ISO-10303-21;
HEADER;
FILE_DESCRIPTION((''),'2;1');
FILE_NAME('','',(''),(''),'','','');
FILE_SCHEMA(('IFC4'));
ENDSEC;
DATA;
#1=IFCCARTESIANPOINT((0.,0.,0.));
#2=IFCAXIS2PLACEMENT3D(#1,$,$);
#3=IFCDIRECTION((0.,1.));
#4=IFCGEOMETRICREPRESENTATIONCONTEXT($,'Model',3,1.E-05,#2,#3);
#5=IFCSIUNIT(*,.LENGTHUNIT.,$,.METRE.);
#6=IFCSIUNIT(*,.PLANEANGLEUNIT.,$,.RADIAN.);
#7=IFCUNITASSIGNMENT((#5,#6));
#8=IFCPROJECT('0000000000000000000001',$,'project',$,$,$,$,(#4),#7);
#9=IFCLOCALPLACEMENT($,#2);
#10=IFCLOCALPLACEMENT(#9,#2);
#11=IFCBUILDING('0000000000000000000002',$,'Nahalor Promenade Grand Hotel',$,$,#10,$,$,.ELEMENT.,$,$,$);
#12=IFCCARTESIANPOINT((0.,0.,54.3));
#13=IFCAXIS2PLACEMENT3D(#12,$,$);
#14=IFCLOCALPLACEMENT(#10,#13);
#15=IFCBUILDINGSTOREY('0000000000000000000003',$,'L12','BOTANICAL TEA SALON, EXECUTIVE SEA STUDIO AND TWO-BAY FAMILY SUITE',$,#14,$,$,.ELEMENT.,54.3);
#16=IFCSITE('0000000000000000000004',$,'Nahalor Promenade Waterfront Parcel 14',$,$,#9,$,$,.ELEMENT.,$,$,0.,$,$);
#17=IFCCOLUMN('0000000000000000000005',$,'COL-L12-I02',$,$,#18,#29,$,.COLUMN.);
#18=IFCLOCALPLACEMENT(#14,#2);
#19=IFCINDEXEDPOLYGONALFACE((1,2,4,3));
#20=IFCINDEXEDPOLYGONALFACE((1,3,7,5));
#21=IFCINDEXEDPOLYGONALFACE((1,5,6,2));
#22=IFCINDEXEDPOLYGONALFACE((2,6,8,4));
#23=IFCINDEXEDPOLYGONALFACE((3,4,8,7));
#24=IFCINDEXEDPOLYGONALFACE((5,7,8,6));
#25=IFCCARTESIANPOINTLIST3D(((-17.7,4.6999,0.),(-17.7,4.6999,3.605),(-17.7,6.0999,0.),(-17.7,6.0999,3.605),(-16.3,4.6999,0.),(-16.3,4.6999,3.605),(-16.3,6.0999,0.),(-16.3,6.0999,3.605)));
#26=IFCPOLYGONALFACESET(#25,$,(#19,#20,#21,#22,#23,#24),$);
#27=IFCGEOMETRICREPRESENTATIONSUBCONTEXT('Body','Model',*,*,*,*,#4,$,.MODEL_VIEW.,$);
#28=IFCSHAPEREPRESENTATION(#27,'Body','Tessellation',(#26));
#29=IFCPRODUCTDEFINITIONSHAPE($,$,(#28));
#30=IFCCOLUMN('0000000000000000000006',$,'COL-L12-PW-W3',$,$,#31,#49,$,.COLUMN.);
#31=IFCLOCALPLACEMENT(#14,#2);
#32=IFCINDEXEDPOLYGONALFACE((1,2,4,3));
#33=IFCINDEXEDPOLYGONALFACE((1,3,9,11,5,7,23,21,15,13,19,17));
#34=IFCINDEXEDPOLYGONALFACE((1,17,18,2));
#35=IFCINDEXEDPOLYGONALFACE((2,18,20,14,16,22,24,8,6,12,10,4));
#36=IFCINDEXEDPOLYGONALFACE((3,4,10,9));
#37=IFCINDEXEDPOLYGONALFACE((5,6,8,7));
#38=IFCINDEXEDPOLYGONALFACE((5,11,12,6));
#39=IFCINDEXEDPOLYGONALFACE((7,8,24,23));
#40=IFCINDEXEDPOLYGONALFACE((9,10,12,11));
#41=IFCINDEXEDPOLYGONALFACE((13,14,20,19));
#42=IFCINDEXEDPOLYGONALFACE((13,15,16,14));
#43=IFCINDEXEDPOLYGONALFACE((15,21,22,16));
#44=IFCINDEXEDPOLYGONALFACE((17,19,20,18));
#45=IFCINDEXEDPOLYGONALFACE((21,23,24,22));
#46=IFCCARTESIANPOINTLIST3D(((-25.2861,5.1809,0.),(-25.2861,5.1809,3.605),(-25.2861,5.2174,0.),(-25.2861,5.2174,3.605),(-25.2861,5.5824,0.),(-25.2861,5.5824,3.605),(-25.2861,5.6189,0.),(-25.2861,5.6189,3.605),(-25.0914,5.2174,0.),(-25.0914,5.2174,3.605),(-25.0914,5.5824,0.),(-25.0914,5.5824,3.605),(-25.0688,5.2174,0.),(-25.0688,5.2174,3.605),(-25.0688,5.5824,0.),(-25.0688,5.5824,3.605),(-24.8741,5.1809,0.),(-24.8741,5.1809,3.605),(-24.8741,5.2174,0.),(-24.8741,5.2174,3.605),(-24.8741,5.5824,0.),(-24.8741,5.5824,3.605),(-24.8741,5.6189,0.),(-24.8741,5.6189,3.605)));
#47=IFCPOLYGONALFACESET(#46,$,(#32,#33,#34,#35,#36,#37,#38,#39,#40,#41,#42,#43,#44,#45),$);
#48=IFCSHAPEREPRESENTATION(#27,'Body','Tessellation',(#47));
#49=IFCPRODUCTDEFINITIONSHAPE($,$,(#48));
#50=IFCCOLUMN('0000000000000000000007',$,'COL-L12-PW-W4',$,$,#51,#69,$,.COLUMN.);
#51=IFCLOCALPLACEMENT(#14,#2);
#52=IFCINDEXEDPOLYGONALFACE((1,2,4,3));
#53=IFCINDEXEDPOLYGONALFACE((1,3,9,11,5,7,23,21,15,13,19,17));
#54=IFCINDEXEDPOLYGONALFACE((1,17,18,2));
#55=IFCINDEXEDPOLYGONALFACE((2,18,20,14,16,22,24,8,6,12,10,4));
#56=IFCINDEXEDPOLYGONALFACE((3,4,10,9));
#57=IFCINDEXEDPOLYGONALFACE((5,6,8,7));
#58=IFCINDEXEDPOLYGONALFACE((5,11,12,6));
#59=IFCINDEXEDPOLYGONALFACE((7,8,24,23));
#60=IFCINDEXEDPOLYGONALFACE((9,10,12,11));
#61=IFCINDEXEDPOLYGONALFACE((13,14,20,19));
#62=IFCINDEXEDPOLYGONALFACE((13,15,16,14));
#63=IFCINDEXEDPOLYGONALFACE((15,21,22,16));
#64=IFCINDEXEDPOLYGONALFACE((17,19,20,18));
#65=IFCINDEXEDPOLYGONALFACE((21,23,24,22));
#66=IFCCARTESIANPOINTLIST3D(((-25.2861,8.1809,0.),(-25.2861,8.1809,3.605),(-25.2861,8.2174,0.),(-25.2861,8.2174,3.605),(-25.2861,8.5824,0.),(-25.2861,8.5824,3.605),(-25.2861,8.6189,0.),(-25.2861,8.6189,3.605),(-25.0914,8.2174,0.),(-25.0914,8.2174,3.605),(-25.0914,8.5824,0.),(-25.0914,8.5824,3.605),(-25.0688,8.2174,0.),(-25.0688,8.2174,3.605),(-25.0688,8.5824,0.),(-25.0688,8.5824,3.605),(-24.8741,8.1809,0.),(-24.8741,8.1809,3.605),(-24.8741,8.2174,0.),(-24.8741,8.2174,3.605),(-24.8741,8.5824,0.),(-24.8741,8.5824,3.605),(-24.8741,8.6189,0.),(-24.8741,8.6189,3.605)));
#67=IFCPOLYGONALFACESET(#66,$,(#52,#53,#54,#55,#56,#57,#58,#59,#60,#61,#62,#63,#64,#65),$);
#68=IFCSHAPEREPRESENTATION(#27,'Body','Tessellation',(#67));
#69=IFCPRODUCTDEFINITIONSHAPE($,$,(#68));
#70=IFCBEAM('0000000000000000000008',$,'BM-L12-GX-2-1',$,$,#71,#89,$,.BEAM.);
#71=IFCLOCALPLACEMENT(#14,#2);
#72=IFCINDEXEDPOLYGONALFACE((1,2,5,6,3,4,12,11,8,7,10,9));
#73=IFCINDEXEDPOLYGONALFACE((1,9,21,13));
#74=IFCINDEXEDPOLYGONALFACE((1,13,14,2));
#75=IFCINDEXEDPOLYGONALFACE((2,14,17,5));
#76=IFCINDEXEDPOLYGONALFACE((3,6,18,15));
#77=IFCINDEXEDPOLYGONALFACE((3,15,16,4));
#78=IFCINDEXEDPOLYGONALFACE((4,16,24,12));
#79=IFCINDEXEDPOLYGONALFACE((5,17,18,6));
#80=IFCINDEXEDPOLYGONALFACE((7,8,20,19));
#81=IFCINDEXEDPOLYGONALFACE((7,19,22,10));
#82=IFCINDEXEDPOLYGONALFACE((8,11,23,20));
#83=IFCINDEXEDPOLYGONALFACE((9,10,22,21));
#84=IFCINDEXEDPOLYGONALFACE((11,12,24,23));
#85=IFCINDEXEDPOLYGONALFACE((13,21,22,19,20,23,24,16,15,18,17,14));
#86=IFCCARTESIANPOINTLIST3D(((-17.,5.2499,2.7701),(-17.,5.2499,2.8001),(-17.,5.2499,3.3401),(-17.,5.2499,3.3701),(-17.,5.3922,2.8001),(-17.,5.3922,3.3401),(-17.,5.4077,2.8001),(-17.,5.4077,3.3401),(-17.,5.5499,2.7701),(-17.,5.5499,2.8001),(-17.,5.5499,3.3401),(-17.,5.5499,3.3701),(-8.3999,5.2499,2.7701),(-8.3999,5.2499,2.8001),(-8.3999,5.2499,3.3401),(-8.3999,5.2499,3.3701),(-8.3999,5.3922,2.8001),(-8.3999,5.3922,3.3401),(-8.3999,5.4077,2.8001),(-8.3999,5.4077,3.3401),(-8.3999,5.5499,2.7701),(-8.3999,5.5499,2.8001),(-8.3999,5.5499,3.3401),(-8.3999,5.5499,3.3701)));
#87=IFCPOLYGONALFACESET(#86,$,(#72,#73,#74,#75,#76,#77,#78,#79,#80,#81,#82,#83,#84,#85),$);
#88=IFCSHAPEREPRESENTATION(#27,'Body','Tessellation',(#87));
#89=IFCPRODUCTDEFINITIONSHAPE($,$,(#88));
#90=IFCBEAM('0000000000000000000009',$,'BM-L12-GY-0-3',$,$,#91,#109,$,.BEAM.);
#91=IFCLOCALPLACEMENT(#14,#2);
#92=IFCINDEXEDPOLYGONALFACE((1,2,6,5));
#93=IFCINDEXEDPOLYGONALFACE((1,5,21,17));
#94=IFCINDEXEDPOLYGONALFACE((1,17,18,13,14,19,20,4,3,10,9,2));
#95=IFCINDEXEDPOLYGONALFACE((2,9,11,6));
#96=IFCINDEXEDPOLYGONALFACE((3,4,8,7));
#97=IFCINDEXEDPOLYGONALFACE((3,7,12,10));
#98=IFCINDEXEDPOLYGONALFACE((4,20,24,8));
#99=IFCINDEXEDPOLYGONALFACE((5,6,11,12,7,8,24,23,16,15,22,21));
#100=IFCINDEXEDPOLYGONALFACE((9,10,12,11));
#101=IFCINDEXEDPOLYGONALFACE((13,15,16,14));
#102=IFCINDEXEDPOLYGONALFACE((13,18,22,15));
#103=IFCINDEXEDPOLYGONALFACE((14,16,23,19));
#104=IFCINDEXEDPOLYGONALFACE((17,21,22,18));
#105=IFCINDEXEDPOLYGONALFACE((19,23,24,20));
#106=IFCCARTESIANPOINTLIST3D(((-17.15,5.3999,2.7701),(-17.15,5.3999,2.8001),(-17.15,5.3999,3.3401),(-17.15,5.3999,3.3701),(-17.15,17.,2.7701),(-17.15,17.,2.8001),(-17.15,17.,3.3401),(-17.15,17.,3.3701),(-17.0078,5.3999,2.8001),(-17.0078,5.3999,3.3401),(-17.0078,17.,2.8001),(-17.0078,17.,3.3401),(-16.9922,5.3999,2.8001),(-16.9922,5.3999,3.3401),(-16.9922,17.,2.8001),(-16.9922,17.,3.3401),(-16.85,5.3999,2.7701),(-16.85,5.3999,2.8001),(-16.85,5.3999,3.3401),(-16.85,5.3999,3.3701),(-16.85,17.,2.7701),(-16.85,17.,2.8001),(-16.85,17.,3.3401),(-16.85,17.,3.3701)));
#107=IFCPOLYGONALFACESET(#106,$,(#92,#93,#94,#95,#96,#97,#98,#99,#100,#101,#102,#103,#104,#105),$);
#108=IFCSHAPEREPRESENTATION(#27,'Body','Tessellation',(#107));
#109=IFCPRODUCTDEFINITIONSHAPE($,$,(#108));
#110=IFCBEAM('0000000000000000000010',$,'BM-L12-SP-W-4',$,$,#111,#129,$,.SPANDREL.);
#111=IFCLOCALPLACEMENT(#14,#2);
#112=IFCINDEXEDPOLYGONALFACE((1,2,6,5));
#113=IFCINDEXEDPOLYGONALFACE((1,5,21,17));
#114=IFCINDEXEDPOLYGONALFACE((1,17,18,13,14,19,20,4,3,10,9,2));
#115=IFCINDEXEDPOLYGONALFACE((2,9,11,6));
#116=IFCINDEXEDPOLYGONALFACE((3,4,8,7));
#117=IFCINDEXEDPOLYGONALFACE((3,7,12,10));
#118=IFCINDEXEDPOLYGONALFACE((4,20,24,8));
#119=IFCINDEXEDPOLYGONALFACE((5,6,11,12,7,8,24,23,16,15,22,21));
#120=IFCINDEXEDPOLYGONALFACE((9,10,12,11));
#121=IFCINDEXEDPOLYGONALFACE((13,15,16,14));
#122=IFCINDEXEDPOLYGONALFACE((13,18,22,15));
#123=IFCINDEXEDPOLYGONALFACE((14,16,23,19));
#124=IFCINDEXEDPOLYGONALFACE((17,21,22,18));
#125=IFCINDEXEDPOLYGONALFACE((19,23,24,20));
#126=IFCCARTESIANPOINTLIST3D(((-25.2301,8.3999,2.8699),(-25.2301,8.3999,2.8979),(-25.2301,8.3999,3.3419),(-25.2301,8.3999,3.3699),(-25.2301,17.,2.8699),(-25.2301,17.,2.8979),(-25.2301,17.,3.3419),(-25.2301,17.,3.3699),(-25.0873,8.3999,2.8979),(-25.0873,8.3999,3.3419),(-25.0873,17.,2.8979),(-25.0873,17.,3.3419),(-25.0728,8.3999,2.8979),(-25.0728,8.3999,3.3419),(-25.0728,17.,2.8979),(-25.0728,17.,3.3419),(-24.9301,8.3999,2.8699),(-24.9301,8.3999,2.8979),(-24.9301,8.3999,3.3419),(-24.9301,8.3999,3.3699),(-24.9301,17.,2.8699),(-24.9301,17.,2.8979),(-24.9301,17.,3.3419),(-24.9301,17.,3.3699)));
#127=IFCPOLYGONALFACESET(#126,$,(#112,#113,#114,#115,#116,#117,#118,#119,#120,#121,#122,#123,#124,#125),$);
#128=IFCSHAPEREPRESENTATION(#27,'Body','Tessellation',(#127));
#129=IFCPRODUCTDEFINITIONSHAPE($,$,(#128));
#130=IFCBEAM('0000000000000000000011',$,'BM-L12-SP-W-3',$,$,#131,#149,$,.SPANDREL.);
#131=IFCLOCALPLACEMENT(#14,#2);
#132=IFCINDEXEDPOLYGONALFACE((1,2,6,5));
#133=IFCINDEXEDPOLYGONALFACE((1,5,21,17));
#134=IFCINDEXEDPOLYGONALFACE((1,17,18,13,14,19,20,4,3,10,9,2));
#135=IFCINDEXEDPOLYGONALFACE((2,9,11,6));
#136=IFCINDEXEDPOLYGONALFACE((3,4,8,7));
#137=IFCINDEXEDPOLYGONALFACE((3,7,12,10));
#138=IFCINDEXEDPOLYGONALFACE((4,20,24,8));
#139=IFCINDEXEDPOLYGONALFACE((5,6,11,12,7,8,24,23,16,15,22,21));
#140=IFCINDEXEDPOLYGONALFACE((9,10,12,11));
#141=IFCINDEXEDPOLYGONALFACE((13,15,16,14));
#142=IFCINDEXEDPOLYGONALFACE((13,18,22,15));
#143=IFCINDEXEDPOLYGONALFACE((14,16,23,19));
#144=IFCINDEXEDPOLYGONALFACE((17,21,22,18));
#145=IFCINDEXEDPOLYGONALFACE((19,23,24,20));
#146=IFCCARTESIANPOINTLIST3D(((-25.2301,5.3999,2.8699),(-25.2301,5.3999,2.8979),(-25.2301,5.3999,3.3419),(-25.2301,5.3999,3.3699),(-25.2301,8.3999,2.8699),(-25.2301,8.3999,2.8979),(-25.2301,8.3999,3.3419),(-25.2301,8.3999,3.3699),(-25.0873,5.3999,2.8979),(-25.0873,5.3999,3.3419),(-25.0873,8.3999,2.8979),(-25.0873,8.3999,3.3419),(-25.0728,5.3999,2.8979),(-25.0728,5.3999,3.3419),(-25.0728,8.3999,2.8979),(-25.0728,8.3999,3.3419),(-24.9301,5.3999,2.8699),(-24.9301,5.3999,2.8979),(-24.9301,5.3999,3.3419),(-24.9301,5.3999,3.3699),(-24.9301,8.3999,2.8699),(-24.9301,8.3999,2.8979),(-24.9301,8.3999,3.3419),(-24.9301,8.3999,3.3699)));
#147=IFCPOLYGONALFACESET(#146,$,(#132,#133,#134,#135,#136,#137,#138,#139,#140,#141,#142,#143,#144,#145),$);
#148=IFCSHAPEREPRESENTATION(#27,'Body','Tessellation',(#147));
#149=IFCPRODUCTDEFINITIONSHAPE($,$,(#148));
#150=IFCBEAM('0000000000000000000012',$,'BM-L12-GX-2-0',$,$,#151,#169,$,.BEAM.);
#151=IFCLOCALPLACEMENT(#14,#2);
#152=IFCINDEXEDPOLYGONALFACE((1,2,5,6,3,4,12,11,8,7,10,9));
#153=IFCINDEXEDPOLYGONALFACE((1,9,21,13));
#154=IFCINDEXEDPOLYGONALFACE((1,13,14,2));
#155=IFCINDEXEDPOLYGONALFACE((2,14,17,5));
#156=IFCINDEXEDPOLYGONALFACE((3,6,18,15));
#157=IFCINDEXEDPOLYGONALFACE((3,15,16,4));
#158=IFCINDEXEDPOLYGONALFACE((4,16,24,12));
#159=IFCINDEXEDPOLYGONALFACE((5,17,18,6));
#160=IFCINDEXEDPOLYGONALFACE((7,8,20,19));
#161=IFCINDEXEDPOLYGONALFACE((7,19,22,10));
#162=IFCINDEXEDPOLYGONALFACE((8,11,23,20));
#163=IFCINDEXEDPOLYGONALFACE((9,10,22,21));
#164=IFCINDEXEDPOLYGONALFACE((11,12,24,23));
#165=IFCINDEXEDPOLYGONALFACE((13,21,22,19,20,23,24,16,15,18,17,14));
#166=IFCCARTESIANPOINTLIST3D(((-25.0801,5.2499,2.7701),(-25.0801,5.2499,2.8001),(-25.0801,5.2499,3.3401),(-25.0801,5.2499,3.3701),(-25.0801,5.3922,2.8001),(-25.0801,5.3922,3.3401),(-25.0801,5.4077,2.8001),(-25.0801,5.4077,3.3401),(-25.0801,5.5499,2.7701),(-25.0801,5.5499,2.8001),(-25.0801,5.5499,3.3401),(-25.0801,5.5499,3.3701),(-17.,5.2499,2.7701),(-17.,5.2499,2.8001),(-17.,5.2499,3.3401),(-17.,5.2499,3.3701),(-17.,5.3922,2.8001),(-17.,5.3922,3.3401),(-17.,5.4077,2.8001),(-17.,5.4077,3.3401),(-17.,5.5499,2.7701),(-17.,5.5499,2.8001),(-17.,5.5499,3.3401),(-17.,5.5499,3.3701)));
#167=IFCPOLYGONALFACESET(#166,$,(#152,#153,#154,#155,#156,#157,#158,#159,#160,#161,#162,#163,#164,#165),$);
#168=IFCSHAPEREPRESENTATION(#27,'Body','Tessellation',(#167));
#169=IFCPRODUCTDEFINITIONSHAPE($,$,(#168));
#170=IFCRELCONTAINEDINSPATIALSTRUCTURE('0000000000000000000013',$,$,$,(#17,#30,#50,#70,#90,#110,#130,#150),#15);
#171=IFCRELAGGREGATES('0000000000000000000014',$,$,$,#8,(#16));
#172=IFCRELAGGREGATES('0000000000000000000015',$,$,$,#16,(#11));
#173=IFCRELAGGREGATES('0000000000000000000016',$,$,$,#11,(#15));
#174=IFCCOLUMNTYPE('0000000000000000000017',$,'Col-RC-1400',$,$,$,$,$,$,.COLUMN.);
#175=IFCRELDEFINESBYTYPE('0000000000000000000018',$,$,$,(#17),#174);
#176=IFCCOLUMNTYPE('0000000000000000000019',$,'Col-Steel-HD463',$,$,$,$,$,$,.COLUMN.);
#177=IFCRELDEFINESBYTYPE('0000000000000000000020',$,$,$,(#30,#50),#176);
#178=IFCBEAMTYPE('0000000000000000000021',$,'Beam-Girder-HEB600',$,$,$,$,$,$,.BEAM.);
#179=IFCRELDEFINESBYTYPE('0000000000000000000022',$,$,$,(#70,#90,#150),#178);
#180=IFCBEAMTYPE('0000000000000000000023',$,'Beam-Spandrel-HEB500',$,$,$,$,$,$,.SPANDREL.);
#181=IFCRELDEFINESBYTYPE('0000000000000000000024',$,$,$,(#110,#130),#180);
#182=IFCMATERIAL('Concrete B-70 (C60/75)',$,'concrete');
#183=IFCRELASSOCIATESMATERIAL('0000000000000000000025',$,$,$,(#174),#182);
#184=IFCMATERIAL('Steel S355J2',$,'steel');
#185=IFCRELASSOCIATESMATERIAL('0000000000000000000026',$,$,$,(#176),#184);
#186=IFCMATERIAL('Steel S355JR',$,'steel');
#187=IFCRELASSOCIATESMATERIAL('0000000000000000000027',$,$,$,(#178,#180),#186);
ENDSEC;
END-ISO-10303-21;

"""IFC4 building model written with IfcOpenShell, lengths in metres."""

from ifc_helpers import new_model, si_unit, direction, frame, origin, origin_2d, place, context, subcontext, project, spatial, rectangle, i_section, extrude, source, transform, mapped, material, material_profile, profile_set, type_object, element, save


model = new_model("IFC4")

# Units and contexts
model_context = context("Model", 3, precision=1e-05, world=origin(), true_north=direction((0.0, 1.0)))
body_context = subcontext(model_context, "Body", "Model", "MODEL_VIEW")
ifc_project = project(units=[si_unit("LENGTHUNIT", "METRE"), si_unit("PLANEANGLEUNIT", "RADIAN")], contexts=[model_context])

# Site, building, storey
site_placement = place(None, origin())
site = spatial("IfcSite", under=ifc_project, at=site_placement, Name="Nahalor Promenade Waterfront Parcel 14", CompositionType="ELEMENT", RefElevation=0.0)
building_placement = place(site_placement, origin())
building = spatial("IfcBuilding", under=site, at=building_placement, Name="Nahalor Promenade Grand Hotel", CompositionType="ELEMENT")
storey_placement = place(building_placement, frame((0.0, 0.0, 54.3)))
storey = spatial("IfcBuildingStorey", under=building, at=storey_placement, Name="L12", Description="BOTANICAL TEA SALON, EXECUTIVE SEA STUDIO AND TWO-BAY FAMILY SUITE", CompositionType="ELEMENT", Elevation=54.3)

# Columns
ifc_material_1 = material(Name="Concrete B-70 (C60/75)", Category="concrete")
ifc_material_profile_1 = material_profile(ifc_material_1, rectangle(XDim=1.4, YDim=1.4, at=origin_2d()), Name="RC 1400x1400")
ifc_profile_set_1 = profile_set([ifc_material_profile_1], Name="Concrete B-70 (C60/75)")
column_type_1 = type_object("IfcColumnType", Name="Col-RC-1400", PredefinedType="COLUMN", material=ifc_profile_set_1)
shared_shape_1 = source(origin(), body_context, "Body", "SweptSolid", [
    extrude(rectangle(XDim=1.4, YDim=1.4, at=origin_2d()), origin(), (0.0, 0.0, 1.0), 3.605),
])
column_placement = place(storey_placement, frame((-17.0, 5.3999, 0.0), z_axis=(0.0, 0.0, 1.0), x_axis=(1.0, 0.0, 0.0)))
element("IfcColumn", 1, at=column_placement, inside=storey, type_object=column_type_1, Name="COL-L12-I02", PredefinedType="COLUMN", context=body_context, shape_type="MappedRepresentation", body=[
    mapped(shared_shape_1, transform((0.0, 0.0, 0.0), scale=1.0)),
])
ifc_material_2 = material(Name="Steel S355J2", Category="steel")
ifc_material_profile_2 = material_profile(ifc_material_2, i_section(OverallWidth=0.412, OverallDepth=0.438, WebThickness=0.0226, FlangeThickness=0.0365, at=origin_2d()), Name="HD 400x463")
ifc_profile_set_2 = profile_set([ifc_material_profile_2], Name="Steel S355J2")
column_type_2 = type_object("IfcColumnType", Name="Col-Steel-HD463", PredefinedType="COLUMN", material=ifc_profile_set_2)
shared_shape_2 = source(origin(), body_context, "Body", "SweptSolid", [
    extrude(i_section(OverallWidth=0.412, OverallDepth=0.438, WebThickness=0.0226, FlangeThickness=0.0365, at=origin_2d()), origin(), (0.0, 0.0, 1.0), 3.605),
])
for number, where, z_axis, x_axis, name in (
    (2, (-25.0801, 5.3999, 0.0), (0.0, 0.0, 1.0), (1.0, 0.0, 0.0), "COL-L12-PW-W3"),
    (3, (-25.0801, 8.3999, 0.0), (0.0, 0.0, 1.0), (1.0, 0.0, 0.0), "COL-L12-PW-W4"),
):
    element("IfcColumn", number, at=place(storey_placement, frame(where, z_axis=z_axis, x_axis=x_axis)), inside=storey, type_object=column_type_2, Name=name, PredefinedType="COLUMN", context=body_context, shape_type="MappedRepresentation", body=[
        mapped(shared_shape_2, transform((0.0, 0.0, 0.0), scale=1.0)),
    ])

# Beams
ifc_material_3 = material(Name="Steel S355JR", Category="steel")
ifc_material_profile_3 = material_profile(ifc_material_3, i_section(OverallWidth=0.3, OverallDepth=0.6, WebThickness=0.0155, FlangeThickness=0.03, at=origin_2d()), Name="HEB 600")
ifc_profile_set_3 = profile_set([ifc_material_profile_3], Name="Steel S355JR")
beam_type_1 = type_object("IfcBeamType", Name="Beam-Girder-HEB600", PredefinedType="BEAM", material=ifc_profile_set_3)
shared_shape_3 = source(origin(), body_context, "Body", "SweptSolid", [
    extrude(i_section(OverallWidth=0.3, OverallDepth=0.6, WebThickness=0.0155, FlangeThickness=0.03, at=origin_2d()), origin(), (0.0, 0.0, 1.0), 8.6001),
])
beam_1_placement = place(storey_placement, frame((-17.0, 5.3999, 3.0701), z_axis=(1.0, 0.0, 0.0), x_axis=(0.0, 1.0, 0.0)))
element("IfcBeam", 4, at=beam_1_placement, inside=storey, type_object=beam_type_1, Name="BM-L12-GX-2-1", PredefinedType="BEAM", context=body_context, shape_type="MappedRepresentation", body=[
    mapped(shared_shape_3, transform((0.0, 0.0, 0.0), scale=1.0)),
])
shared_shape_4 = source(origin(), body_context, "Body", "SweptSolid", [
    extrude(i_section(OverallWidth=0.3, OverallDepth=0.6, WebThickness=0.0155, FlangeThickness=0.03, at=origin_2d()), origin(), (0.0, 0.0, 1.0), 11.6001),
])
beam_2_placement = place(storey_placement, frame((-17.0, 5.3999, 3.0701), z_axis=(0.0, 1.0, 0.0), x_axis=(-1.0, 0.0, 0.0)))
element("IfcBeam", 5, at=beam_2_placement, inside=storey, type_object=beam_type_1, Name="BM-L12-GY-0-3", PredefinedType="BEAM", context=body_context, shape_type="MappedRepresentation", body=[
    mapped(shared_shape_4, transform((0.0, 0.0, 0.0), scale=1.0)),
])
ifc_material_profile_4 = material_profile(ifc_material_3, i_section(OverallWidth=0.3, OverallDepth=0.5, WebThickness=0.0145, FlangeThickness=0.028, at=origin_2d()), Name="HEB 500")
ifc_profile_set_4 = profile_set([ifc_material_profile_4], Name="Steel S355JR")
beam_type_2 = type_object("IfcBeamType", Name="Beam-Spandrel-HEB500", PredefinedType="SPANDREL", material=ifc_profile_set_4)
shared_shape_5 = source(origin(), body_context, "Body", "SweptSolid", [
    extrude(i_section(OverallWidth=0.3, OverallDepth=0.5, WebThickness=0.0145, FlangeThickness=0.028, at=origin_2d()), origin(), (0.0, 0.0, 1.0), 8.6001),
])
beam_3_placement = place(storey_placement, frame((-25.0801, 8.3999, 3.1199), z_axis=(0.0, 1.0, 0.0), x_axis=(-1.0, 0.0, 0.0)))
element("IfcBeam", 6, at=beam_3_placement, inside=storey, type_object=beam_type_2, Name="BM-L12-SP-W-4", PredefinedType="SPANDREL", context=body_context, shape_type="MappedRepresentation", body=[
    mapped(shared_shape_5, transform((0.0, 0.0, 0.0), scale=1.0)),
])
shared_shape_6 = source(origin(), body_context, "Body", "SweptSolid", [
    extrude(i_section(OverallWidth=0.3, OverallDepth=0.5, WebThickness=0.0145, FlangeThickness=0.028, at=origin_2d()), origin(), (0.0, 0.0, 1.0), 3.0),
])
beam_4_placement = place(storey_placement, frame((-25.0801, 5.3999, 3.1199), z_axis=(0.0, 1.0, 0.0), x_axis=(-1.0, 0.0, 0.0)))
element("IfcBeam", 7, at=beam_4_placement, inside=storey, type_object=beam_type_2, Name="BM-L12-SP-W-3", PredefinedType="SPANDREL", context=body_context, shape_type="MappedRepresentation", body=[
    mapped(shared_shape_6, transform((0.0, 0.0, 0.0), scale=1.0)),
])
shared_shape_7 = source(origin(), body_context, "Body", "SweptSolid", [
    extrude(i_section(OverallWidth=0.3, OverallDepth=0.6, WebThickness=0.0155, FlangeThickness=0.03, at=origin_2d()), origin(), (0.0, 0.0, 1.0), 8.0801),
])
beam_5_placement = place(storey_placement, frame((-25.0801, 5.3999, 3.0701), z_axis=(1.0, 0.0, 0.0), x_axis=(0.0, 1.0, 0.0)))
element("IfcBeam", 8, at=beam_5_placement, inside=storey, type_object=beam_type_1, Name="BM-L12-GX-2-0", PredefinedType="BEAM", context=body_context, shape_type="MappedRepresentation", body=[
    mapped(shared_shape_7, transform((0.0, 0.0, 0.0), scale=1.0)),
])

save(model, "model.ifc")
